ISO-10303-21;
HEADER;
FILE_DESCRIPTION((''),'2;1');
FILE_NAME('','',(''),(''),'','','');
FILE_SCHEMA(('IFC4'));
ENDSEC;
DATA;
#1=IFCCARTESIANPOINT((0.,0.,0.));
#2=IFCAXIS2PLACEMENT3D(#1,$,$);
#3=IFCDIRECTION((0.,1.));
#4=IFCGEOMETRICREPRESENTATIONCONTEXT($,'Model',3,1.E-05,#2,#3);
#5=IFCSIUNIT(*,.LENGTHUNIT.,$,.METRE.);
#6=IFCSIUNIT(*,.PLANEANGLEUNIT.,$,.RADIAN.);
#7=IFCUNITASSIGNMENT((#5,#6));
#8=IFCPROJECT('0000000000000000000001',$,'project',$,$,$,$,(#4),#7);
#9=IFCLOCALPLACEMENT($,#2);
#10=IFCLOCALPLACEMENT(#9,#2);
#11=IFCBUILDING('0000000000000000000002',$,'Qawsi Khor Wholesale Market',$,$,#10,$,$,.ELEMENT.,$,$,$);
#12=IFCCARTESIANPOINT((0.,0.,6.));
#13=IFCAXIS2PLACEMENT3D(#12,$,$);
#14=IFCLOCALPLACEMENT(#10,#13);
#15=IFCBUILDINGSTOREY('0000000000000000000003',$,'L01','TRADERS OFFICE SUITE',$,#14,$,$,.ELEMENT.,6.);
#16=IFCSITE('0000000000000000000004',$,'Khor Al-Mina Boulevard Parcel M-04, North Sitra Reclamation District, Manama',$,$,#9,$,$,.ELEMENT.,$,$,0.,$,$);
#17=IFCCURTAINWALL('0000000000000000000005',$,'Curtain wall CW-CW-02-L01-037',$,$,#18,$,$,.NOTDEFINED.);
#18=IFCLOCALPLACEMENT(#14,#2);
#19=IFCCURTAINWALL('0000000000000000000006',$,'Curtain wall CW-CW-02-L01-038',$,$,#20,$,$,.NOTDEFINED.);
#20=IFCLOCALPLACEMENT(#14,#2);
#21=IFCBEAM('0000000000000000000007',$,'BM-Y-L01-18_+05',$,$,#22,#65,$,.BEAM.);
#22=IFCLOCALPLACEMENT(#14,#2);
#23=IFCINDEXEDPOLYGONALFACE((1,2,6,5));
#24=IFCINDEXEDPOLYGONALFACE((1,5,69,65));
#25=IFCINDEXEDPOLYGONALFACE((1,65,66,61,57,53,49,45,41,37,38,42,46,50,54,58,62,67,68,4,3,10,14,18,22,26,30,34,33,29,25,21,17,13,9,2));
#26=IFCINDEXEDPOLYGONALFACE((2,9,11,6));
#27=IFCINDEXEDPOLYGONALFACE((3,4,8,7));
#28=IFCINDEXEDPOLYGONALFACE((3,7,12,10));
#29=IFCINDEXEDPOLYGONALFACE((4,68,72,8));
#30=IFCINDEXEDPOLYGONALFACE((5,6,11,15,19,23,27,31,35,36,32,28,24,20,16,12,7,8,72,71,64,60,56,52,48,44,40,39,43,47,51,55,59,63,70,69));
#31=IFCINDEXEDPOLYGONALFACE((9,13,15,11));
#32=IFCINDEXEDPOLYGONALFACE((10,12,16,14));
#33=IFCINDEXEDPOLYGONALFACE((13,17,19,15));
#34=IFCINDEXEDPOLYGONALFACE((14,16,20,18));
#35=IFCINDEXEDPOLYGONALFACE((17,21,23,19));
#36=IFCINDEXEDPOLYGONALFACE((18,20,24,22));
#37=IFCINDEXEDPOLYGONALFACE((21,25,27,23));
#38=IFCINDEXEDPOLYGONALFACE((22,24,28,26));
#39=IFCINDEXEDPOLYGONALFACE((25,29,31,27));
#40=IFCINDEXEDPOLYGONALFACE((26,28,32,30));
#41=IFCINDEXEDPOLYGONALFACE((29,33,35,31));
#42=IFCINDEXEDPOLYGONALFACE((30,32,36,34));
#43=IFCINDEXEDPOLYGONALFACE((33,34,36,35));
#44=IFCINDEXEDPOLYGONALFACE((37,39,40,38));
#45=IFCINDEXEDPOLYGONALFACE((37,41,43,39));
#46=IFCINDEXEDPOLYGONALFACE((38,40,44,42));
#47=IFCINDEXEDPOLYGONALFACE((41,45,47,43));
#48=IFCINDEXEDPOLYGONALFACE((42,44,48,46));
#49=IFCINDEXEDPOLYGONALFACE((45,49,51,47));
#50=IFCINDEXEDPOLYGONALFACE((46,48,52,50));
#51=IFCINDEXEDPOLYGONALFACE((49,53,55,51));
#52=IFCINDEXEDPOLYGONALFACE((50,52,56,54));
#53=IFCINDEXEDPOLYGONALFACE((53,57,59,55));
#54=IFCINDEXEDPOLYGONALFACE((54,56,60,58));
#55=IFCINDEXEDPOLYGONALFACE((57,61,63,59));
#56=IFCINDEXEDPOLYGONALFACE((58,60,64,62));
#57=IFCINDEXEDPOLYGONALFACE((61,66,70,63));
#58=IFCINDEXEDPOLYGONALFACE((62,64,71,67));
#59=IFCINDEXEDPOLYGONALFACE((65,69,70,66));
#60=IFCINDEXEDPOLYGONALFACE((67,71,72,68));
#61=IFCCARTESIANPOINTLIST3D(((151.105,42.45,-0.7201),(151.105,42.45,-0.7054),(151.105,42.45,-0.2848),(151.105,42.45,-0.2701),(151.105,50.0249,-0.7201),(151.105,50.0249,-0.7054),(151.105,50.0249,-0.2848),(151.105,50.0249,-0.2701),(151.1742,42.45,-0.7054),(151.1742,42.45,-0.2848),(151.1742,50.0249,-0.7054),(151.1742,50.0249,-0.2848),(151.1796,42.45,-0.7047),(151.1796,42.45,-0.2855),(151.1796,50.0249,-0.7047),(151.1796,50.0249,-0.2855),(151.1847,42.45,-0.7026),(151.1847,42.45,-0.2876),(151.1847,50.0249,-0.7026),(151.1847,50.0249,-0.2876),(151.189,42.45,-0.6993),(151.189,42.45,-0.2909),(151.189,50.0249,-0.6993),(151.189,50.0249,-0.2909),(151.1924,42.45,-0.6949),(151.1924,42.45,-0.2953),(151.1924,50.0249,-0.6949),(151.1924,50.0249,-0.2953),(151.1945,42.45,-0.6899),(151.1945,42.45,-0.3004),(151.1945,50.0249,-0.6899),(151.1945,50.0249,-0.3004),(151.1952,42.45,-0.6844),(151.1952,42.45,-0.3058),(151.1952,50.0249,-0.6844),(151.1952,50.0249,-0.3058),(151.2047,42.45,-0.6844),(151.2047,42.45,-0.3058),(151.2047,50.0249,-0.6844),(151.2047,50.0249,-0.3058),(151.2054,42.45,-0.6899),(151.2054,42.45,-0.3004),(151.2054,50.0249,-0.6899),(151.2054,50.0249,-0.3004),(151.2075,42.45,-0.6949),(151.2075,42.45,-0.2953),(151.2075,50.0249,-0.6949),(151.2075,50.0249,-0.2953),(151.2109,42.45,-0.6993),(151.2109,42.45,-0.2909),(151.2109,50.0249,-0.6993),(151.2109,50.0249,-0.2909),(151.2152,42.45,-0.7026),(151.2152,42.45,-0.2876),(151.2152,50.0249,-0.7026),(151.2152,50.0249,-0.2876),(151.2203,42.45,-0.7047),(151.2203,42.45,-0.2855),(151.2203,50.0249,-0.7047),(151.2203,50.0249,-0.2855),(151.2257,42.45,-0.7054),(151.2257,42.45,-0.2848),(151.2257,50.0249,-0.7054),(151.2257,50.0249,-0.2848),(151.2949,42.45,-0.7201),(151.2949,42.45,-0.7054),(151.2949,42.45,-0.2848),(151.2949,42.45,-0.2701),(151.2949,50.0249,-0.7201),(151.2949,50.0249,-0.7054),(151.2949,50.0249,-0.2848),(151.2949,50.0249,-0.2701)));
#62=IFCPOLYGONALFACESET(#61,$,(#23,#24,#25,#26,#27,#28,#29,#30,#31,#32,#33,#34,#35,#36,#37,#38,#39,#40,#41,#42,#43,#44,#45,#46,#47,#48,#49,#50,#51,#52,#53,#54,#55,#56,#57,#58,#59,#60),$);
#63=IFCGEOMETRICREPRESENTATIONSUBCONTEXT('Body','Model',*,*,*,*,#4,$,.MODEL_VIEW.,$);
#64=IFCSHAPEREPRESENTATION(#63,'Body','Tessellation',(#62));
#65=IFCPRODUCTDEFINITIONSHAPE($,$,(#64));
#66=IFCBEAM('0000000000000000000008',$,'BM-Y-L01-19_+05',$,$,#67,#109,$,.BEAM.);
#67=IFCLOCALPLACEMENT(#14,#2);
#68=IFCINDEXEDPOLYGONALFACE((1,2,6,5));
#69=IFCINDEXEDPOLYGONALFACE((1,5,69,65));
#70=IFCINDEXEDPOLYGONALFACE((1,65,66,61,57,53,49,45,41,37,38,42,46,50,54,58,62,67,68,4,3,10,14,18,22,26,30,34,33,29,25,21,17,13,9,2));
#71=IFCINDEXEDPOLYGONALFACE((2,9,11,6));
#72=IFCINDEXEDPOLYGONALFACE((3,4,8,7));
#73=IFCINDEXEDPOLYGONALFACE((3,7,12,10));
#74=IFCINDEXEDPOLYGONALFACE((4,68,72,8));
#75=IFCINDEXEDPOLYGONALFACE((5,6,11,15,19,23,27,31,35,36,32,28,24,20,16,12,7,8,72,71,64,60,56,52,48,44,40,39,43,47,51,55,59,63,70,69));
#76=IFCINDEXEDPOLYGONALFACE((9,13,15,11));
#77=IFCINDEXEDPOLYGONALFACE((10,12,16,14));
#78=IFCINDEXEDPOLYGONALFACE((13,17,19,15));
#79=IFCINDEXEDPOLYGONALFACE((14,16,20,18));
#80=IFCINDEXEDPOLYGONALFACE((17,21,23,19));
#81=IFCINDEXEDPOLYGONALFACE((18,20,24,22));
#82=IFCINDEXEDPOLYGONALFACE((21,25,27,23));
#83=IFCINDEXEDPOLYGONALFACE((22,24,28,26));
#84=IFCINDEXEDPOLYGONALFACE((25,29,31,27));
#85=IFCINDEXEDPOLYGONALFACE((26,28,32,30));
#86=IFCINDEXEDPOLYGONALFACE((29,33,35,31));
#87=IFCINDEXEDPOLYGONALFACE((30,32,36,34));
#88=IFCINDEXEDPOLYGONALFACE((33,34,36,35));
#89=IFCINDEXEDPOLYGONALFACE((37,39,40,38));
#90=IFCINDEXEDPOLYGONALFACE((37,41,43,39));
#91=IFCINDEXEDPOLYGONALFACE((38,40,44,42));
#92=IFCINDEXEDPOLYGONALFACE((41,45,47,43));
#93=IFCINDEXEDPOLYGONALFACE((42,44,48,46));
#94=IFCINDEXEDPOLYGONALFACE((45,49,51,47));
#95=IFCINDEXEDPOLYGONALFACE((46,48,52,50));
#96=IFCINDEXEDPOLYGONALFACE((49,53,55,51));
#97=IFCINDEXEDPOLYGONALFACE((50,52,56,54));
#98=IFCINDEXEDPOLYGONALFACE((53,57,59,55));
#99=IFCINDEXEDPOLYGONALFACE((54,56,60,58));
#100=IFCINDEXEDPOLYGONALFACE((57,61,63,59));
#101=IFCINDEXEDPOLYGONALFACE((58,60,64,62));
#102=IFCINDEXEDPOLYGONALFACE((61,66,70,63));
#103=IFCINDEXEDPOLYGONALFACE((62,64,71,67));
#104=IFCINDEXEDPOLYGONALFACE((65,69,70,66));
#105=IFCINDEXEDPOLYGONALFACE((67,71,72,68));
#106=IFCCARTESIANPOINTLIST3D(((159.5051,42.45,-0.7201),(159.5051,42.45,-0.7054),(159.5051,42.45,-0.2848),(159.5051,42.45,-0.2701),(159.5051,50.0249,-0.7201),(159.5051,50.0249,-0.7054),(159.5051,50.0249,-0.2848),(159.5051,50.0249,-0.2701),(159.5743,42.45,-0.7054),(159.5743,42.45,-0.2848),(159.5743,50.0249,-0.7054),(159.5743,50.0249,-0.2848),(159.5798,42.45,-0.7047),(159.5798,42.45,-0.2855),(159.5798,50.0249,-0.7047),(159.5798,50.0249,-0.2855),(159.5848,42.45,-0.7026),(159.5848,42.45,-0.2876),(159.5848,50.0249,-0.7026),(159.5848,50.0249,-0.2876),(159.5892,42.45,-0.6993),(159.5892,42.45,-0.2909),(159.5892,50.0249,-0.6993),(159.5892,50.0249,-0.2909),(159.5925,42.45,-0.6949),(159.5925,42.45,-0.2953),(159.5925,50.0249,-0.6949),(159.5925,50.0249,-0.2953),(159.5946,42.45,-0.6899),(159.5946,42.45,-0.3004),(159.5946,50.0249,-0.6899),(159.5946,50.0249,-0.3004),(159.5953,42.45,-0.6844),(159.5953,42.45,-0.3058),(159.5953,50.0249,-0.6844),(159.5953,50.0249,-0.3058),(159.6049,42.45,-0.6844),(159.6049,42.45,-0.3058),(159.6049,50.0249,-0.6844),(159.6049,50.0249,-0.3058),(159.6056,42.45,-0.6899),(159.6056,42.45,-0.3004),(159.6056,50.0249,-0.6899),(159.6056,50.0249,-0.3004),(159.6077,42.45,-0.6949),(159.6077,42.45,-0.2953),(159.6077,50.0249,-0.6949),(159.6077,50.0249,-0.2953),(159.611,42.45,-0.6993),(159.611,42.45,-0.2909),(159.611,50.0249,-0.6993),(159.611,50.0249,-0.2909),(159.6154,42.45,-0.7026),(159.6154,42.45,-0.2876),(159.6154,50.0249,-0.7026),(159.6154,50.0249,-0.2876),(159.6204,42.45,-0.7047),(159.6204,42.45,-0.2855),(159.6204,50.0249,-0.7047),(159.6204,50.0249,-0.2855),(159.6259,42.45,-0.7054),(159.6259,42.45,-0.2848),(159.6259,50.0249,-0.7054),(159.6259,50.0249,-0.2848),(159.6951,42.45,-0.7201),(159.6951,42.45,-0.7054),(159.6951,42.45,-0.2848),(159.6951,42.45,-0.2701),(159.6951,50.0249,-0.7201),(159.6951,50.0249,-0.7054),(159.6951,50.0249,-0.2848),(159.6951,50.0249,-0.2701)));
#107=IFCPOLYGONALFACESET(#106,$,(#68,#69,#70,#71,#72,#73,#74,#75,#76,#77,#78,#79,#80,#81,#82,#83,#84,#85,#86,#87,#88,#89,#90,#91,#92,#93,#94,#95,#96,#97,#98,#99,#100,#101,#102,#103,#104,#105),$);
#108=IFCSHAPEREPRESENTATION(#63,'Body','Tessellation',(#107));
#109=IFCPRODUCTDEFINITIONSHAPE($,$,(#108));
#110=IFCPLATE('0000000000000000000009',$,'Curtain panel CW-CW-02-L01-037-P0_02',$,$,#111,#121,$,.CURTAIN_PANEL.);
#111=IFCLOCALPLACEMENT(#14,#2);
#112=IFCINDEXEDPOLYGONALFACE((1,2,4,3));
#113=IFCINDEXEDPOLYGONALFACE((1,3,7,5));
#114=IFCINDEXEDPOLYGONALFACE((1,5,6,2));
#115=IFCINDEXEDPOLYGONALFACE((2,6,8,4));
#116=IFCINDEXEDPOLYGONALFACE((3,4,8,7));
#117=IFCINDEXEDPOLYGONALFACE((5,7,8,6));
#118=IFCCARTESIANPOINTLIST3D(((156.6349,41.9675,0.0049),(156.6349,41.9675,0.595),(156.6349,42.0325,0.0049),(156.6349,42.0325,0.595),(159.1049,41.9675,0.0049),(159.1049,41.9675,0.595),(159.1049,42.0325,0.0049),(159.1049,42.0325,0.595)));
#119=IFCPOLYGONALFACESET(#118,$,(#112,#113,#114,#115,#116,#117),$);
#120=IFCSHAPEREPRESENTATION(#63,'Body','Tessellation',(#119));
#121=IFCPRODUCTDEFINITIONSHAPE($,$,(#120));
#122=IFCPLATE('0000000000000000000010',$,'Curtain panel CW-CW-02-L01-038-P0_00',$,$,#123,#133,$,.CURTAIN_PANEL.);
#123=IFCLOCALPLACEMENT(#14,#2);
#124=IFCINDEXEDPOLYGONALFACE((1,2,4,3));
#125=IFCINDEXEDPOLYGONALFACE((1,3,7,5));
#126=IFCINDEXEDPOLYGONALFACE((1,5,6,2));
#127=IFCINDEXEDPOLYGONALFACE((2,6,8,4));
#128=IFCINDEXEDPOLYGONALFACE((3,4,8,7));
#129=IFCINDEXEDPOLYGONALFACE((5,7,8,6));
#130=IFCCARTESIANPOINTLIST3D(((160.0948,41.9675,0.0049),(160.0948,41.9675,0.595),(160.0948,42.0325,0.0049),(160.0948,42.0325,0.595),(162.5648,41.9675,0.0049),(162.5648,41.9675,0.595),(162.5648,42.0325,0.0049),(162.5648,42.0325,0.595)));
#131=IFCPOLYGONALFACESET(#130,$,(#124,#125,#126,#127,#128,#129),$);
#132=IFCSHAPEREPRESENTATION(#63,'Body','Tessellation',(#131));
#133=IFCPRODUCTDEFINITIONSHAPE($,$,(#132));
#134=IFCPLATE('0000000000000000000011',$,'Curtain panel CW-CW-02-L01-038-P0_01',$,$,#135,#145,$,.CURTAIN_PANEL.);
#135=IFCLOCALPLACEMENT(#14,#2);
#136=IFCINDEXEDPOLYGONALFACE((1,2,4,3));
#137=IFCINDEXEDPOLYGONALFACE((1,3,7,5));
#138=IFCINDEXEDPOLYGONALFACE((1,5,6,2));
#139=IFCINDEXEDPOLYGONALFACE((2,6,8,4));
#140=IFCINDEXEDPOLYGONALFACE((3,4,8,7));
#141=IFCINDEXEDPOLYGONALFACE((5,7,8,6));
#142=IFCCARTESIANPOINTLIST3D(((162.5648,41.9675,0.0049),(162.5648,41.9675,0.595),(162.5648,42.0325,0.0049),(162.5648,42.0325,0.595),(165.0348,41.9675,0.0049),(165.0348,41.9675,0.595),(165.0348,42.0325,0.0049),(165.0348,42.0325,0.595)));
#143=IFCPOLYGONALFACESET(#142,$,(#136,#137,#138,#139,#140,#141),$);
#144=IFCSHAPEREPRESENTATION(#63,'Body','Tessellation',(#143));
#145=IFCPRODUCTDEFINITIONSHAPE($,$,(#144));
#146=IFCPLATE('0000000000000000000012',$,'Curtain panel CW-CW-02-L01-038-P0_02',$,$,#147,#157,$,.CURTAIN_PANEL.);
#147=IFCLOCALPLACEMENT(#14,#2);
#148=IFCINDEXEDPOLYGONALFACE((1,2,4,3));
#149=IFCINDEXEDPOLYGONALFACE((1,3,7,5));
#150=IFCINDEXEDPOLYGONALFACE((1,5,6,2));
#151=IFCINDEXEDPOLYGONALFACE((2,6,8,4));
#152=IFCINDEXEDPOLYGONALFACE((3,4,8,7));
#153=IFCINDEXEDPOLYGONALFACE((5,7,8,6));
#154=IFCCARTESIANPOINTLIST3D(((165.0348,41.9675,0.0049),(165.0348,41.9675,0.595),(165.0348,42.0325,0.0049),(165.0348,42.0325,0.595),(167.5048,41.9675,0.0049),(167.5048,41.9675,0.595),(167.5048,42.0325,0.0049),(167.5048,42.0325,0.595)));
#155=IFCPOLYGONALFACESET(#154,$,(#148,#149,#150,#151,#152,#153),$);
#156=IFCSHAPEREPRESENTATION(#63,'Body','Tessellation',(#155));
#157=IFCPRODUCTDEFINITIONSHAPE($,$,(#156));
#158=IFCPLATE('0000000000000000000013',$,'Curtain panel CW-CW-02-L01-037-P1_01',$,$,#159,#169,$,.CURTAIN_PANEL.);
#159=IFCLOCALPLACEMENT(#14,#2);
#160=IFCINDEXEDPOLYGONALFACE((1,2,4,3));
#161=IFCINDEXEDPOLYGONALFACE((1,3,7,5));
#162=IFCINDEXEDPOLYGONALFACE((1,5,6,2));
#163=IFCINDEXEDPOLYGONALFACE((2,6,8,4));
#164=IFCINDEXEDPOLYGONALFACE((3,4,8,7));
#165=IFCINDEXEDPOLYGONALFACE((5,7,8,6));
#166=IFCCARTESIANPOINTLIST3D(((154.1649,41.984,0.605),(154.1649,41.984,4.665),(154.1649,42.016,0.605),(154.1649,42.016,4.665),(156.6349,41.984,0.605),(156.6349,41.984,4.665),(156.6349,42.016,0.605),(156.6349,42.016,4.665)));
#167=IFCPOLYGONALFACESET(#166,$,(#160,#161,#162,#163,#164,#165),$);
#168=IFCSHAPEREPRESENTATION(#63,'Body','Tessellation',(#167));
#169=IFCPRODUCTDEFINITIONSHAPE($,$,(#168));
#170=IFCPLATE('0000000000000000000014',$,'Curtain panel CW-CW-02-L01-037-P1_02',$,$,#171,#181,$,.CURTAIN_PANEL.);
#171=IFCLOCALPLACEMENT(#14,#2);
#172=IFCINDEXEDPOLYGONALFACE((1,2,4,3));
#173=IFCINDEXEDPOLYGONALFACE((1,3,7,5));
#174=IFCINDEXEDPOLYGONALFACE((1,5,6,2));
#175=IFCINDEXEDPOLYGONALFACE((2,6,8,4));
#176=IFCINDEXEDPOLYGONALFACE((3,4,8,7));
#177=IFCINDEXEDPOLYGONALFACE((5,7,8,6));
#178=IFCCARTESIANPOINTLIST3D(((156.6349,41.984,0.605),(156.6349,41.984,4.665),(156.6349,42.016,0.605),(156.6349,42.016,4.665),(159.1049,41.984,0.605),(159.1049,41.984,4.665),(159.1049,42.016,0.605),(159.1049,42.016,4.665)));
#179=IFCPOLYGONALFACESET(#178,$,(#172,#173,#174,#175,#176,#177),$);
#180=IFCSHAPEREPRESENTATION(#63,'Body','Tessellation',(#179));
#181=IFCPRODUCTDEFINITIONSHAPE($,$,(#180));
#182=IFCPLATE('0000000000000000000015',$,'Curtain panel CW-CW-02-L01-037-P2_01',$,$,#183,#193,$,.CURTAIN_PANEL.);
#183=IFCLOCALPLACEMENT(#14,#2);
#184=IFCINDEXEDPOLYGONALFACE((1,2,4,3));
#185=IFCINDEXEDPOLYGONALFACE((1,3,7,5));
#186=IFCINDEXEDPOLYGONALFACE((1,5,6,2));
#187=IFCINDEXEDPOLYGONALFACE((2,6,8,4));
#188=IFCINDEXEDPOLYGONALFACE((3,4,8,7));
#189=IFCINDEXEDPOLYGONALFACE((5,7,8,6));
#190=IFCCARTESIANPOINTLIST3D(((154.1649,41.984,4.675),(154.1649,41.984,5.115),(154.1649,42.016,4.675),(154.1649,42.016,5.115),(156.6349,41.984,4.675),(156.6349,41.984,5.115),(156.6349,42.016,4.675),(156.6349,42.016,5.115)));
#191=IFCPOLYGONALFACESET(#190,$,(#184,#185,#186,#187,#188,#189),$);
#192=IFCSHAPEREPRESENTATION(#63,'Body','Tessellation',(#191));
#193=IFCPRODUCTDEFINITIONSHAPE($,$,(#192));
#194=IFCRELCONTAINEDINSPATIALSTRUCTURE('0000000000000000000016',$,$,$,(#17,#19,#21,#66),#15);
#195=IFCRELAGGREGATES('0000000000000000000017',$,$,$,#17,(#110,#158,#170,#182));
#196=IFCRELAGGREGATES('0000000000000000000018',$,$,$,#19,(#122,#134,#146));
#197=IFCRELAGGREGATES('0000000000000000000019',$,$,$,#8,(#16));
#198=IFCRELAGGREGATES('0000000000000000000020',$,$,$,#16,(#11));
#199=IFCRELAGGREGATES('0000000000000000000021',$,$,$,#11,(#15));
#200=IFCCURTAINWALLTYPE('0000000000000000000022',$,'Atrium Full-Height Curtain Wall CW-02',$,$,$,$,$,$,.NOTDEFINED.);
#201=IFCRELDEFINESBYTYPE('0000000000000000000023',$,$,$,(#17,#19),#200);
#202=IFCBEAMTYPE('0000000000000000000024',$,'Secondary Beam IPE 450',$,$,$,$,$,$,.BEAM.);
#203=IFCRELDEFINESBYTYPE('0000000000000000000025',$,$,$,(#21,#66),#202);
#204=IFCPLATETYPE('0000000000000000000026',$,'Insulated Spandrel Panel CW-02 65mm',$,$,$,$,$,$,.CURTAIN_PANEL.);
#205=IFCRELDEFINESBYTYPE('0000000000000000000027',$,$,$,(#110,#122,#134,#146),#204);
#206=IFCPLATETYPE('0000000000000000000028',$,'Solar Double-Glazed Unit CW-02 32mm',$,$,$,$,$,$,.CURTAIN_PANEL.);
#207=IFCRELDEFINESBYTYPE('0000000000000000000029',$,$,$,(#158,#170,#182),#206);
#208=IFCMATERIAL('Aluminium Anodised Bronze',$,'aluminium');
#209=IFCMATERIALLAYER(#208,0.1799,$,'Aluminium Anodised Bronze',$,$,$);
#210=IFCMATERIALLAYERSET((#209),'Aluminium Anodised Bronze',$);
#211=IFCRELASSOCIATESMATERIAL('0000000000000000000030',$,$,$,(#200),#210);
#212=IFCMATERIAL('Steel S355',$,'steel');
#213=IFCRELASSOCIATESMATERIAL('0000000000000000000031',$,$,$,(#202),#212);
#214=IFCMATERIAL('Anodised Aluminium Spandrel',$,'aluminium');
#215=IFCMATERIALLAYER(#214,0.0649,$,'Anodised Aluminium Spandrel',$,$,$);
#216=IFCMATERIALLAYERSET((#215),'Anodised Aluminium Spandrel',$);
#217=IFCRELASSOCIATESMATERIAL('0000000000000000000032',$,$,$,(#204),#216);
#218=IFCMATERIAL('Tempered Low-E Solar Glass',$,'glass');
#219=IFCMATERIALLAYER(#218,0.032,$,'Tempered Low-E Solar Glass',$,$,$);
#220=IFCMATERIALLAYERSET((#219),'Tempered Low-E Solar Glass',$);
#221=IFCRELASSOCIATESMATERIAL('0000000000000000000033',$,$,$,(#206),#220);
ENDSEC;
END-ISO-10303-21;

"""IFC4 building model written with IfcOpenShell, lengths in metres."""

from ifc_helpers import new_model, si_unit, direction, frame, frame_2d, origin, origin_2d, place, context, subcontext, project, spatial, rectangle, i_section, extrude, material, layer, layer_set, material_profile, profile_set, type_object, element, aggregate, save


model = new_model("IFC4")

# Units and contexts
model_context = context("Model", 3, precision=1e-05, world=origin(), true_north=direction((0.0, 1.0)))
body_context = subcontext(model_context, "Body", "Model", "MODEL_VIEW")
ifc_project = project(units=[si_unit("LENGTHUNIT", "METRE"), si_unit("PLANEANGLEUNIT", "RADIAN")], contexts=[model_context])

# Site, building, storey
site_placement = place(None, origin())
site = spatial("IfcSite", under=ifc_project, at=site_placement, Name="Khor Al-Mina Boulevard Parcel M-04, North Sitra Reclamation District, Manama", CompositionType="ELEMENT", RefElevation=0.0)
building_placement = place(site_placement, origin())
building = spatial("IfcBuilding", under=site, at=building_placement, Name="Qawsi Khor Wholesale Market", CompositionType="ELEMENT")
storey_placement = place(building_placement, frame((0.0, 0.0, 6.0)))
storey = spatial("IfcBuildingStorey", under=building, at=storey_placement, Name="L01", Description="TRADERS OFFICE SUITE", CompositionType="ELEMENT", Elevation=6.0)

# Curtain walls
ifc_material_1 = material(Name="Aluminium Anodised Bronze", Category="aluminium")
ifc_layer_1 = layer(ifc_material_1, 0.1799, Name="Aluminium Anodised Bronze")
ifc_layer_set_1 = layer_set([ifc_layer_1], Name="Aluminium Anodised Bronze")
curtain_wall_type = type_object("IfcCurtainWallType", Name="Atrium Full-Height Curtain Wall CW-02", PredefinedType="NOTDEFINED", material=ifc_layer_set_1)
curtain_wall_1_placement = place(storey_placement, origin())
curtain_wall_1 = element("IfcCurtainWall", 1, at=curtain_wall_1_placement, inside=storey, type_object=curtain_wall_type, Name="Curtain wall CW-CW-02-L01-037", PredefinedType="NOTDEFINED")
curtain_wall_2_placement = place(storey_placement, origin())
curtain_wall_2 = element("IfcCurtainWall", 2, at=curtain_wall_2_placement, inside=storey, type_object=curtain_wall_type, Name="Curtain wall CW-CW-02-L01-038", PredefinedType="NOTDEFINED")

# Beams
ifc_material_2 = material(Name="Steel S355", Category="steel")
ifc_material_profile_1 = material_profile(ifc_material_2, i_section(OverallWidth=0.1899, OverallDepth=0.45, WebThickness=0.0095, FlangeThickness=0.0146, FilletRadius=0.021, at=origin_2d()), Name="IPE 450")
ifc_profile_set_1 = profile_set([ifc_material_profile_1], Name="Steel S355")
beam_type_1 = type_object("IfcBeamType", Name="Secondary Beam IPE 450", PredefinedType="BEAM", material=ifc_profile_set_1)
for number, where, z_axis, x_axis, name in (
    (3, (151.2, 42.45, -0.4951), (0.0, 1.0, 0.0), (-1.0, 0.0, 0.0), "BM-Y-L01-18_+05"),
    (4, (159.6001, 42.45, -0.4951), (0.0, 1.0, 0.0), (-1.0, 0.0, 0.0), "BM-Y-L01-19_+05"),
):
    element("IfcBeam", number, at=place(storey_placement, frame(where, z_axis=z_axis, x_axis=x_axis)), inside=storey, type_object=beam_type_1, Name=name, PredefinedType="BEAM", context=body_context, shape_type="SweptSolid", body=[
        extrude(i_section(OverallWidth=0.1899, OverallDepth=0.45, WebThickness=0.0095, FlangeThickness=0.0146, FilletRadius=0.021, at=origin_2d()), origin(), (0.0, 0.0, 1.0), 7.575),
    ])

# Plates
ifc_material_3 = material(Name="Anodised Aluminium Spandrel", Category="aluminium")
ifc_layer_2 = layer(ifc_material_3, 0.0649, Name="Anodised Aluminium Spandrel")
ifc_layer_set_2 = layer_set([ifc_layer_2], Name="Anodised Aluminium Spandrel")
plate_type_1 = type_object("IfcPlateType", Name="Insulated Spandrel Panel CW-02 65mm", PredefinedType="CURTAIN_PANEL", material=ifc_layer_set_2)
plate_1_placement = place(storey_placement, frame((156.635, 42.0, 0.0049), z_axis=(0.0, 0.0, 1.0), x_axis=(1.0, 0.0, 0.0)))
plate_1 = element("IfcPlate", 5, at=plate_1_placement, type_object=plate_type_1, Name="Curtain panel CW-CW-02-L01-037-P0_02", PredefinedType="CURTAIN_PANEL", context=body_context, shape_type="SweptSolid", body=[
    extrude(rectangle(XDim=2.47, YDim=0.0649, at=frame_2d((1.2349, 0.0))), origin(), (0.0, 0.0, 1.0), 0.5901),
])
plate_2_placement = place(storey_placement, frame((160.095, 42.0, 0.0049), z_axis=(0.0, 0.0, 1.0), x_axis=(1.0, 0.0, 0.0)))
plate_2 = element("IfcPlate", 6, at=plate_2_placement, type_object=plate_type_1, Name="Curtain panel CW-CW-02-L01-038-P0_00", PredefinedType="CURTAIN_PANEL", context=body_context, shape_type="SweptSolid", body=[
    extrude(rectangle(XDim=2.47, YDim=0.0649, at=frame_2d((1.2349, 0.0))), origin(), (0.0, 0.0, 1.0), 0.5901),
])
plate_3_placement = place(storey_placement, frame((162.5649, 42.0, 0.0049), z_axis=(0.0, 0.0, 1.0), x_axis=(1.0, 0.0, 0.0)))
plate_3 = element("IfcPlate", 7, at=plate_3_placement, type_object=plate_type_1, Name="Curtain panel CW-CW-02-L01-038-P0_01", PredefinedType="CURTAIN_PANEL", context=body_context, shape_type="SweptSolid", body=[
    extrude(rectangle(XDim=2.47, YDim=0.0649, at=frame_2d((1.2349, 0.0))), origin(), (0.0, 0.0, 1.0), 0.5901),
])
plate_4_placement = place(storey_placement, frame((165.0349, 42.0, 0.0049), z_axis=(0.0, 0.0, 1.0), x_axis=(1.0, 0.0, 0.0)))
plate_4 = element("IfcPlate", 8, at=plate_4_placement, type_object=plate_type_1, Name="Curtain panel CW-CW-02-L01-038-P0_02", PredefinedType="CURTAIN_PANEL", context=body_context, shape_type="SweptSolid", body=[
    extrude(rectangle(XDim=2.47, YDim=0.0649, at=frame_2d((1.2349, 0.0))), origin(), (0.0, 0.0, 1.0), 0.5901),
])
ifc_material_4 = material(Name="Tempered Low-E Solar Glass", Category="glass")
ifc_layer_3 = layer(ifc_material_4, 0.032, Name="Tempered Low-E Solar Glass")
ifc_layer_set_3 = layer_set([ifc_layer_3], Name="Tempered Low-E Solar Glass")
plate_type_2 = type_object("IfcPlateType", Name="Solar Double-Glazed Unit CW-02 32mm", PredefinedType="CURTAIN_PANEL", material=ifc_layer_set_3)
plate_5_placement = place(storey_placement, frame((154.165, 42.0, 0.605), z_axis=(0.0, 0.0, 1.0), x_axis=(1.0, 0.0, 0.0)))
plate_5 = element("IfcPlate", 9, at=plate_5_placement, type_object=plate_type_2, Name="Curtain panel CW-CW-02-L01-037-P1_01", PredefinedType="CURTAIN_PANEL", context=body_context, shape_type="SweptSolid", body=[
    extrude(rectangle(XDim=2.47, YDim=0.032, at=frame_2d((1.2349, 0.0))), origin(), (0.0, 0.0, 1.0), 4.0601),
])
plate_6_placement = place(storey_placement, frame((156.635, 42.0, 0.605), z_axis=(0.0, 0.0, 1.0), x_axis=(1.0, 0.0, 0.0)))
plate_6 = element("IfcPlate", 10, at=plate_6_placement, type_object=plate_type_2, Name="Curtain panel CW-CW-02-L01-037-P1_02", PredefinedType="CURTAIN_PANEL", context=body_context, shape_type="SweptSolid", body=[
    extrude(rectangle(XDim=2.47, YDim=0.032, at=frame_2d((1.2349, 0.0))), origin(), (0.0, 0.0, 1.0), 4.0601),
])
plate_7_placement = place(storey_placement, frame((154.165, 42.0, 4.675), z_axis=(0.0, 0.0, 1.0), x_axis=(1.0, 0.0, 0.0)))
plate_7 = element("IfcPlate", 11, at=plate_7_placement, type_object=plate_type_2, Name="Curtain panel CW-CW-02-L01-037-P2_01", PredefinedType="CURTAIN_PANEL", context=body_context, shape_type="SweptSolid", body=[
    extrude(rectangle(XDim=2.47, YDim=0.032, at=frame_2d((1.2349, 0.0))), origin(), (0.0, 0.0, 1.0), 0.4399),
])
aggregate(curtain_wall_1, [plate_1, plate_5, plate_6, plate_7])
aggregate(curtain_wall_2, [plate_2, plate_3, plate_4])

save(model, "model.ifc")
